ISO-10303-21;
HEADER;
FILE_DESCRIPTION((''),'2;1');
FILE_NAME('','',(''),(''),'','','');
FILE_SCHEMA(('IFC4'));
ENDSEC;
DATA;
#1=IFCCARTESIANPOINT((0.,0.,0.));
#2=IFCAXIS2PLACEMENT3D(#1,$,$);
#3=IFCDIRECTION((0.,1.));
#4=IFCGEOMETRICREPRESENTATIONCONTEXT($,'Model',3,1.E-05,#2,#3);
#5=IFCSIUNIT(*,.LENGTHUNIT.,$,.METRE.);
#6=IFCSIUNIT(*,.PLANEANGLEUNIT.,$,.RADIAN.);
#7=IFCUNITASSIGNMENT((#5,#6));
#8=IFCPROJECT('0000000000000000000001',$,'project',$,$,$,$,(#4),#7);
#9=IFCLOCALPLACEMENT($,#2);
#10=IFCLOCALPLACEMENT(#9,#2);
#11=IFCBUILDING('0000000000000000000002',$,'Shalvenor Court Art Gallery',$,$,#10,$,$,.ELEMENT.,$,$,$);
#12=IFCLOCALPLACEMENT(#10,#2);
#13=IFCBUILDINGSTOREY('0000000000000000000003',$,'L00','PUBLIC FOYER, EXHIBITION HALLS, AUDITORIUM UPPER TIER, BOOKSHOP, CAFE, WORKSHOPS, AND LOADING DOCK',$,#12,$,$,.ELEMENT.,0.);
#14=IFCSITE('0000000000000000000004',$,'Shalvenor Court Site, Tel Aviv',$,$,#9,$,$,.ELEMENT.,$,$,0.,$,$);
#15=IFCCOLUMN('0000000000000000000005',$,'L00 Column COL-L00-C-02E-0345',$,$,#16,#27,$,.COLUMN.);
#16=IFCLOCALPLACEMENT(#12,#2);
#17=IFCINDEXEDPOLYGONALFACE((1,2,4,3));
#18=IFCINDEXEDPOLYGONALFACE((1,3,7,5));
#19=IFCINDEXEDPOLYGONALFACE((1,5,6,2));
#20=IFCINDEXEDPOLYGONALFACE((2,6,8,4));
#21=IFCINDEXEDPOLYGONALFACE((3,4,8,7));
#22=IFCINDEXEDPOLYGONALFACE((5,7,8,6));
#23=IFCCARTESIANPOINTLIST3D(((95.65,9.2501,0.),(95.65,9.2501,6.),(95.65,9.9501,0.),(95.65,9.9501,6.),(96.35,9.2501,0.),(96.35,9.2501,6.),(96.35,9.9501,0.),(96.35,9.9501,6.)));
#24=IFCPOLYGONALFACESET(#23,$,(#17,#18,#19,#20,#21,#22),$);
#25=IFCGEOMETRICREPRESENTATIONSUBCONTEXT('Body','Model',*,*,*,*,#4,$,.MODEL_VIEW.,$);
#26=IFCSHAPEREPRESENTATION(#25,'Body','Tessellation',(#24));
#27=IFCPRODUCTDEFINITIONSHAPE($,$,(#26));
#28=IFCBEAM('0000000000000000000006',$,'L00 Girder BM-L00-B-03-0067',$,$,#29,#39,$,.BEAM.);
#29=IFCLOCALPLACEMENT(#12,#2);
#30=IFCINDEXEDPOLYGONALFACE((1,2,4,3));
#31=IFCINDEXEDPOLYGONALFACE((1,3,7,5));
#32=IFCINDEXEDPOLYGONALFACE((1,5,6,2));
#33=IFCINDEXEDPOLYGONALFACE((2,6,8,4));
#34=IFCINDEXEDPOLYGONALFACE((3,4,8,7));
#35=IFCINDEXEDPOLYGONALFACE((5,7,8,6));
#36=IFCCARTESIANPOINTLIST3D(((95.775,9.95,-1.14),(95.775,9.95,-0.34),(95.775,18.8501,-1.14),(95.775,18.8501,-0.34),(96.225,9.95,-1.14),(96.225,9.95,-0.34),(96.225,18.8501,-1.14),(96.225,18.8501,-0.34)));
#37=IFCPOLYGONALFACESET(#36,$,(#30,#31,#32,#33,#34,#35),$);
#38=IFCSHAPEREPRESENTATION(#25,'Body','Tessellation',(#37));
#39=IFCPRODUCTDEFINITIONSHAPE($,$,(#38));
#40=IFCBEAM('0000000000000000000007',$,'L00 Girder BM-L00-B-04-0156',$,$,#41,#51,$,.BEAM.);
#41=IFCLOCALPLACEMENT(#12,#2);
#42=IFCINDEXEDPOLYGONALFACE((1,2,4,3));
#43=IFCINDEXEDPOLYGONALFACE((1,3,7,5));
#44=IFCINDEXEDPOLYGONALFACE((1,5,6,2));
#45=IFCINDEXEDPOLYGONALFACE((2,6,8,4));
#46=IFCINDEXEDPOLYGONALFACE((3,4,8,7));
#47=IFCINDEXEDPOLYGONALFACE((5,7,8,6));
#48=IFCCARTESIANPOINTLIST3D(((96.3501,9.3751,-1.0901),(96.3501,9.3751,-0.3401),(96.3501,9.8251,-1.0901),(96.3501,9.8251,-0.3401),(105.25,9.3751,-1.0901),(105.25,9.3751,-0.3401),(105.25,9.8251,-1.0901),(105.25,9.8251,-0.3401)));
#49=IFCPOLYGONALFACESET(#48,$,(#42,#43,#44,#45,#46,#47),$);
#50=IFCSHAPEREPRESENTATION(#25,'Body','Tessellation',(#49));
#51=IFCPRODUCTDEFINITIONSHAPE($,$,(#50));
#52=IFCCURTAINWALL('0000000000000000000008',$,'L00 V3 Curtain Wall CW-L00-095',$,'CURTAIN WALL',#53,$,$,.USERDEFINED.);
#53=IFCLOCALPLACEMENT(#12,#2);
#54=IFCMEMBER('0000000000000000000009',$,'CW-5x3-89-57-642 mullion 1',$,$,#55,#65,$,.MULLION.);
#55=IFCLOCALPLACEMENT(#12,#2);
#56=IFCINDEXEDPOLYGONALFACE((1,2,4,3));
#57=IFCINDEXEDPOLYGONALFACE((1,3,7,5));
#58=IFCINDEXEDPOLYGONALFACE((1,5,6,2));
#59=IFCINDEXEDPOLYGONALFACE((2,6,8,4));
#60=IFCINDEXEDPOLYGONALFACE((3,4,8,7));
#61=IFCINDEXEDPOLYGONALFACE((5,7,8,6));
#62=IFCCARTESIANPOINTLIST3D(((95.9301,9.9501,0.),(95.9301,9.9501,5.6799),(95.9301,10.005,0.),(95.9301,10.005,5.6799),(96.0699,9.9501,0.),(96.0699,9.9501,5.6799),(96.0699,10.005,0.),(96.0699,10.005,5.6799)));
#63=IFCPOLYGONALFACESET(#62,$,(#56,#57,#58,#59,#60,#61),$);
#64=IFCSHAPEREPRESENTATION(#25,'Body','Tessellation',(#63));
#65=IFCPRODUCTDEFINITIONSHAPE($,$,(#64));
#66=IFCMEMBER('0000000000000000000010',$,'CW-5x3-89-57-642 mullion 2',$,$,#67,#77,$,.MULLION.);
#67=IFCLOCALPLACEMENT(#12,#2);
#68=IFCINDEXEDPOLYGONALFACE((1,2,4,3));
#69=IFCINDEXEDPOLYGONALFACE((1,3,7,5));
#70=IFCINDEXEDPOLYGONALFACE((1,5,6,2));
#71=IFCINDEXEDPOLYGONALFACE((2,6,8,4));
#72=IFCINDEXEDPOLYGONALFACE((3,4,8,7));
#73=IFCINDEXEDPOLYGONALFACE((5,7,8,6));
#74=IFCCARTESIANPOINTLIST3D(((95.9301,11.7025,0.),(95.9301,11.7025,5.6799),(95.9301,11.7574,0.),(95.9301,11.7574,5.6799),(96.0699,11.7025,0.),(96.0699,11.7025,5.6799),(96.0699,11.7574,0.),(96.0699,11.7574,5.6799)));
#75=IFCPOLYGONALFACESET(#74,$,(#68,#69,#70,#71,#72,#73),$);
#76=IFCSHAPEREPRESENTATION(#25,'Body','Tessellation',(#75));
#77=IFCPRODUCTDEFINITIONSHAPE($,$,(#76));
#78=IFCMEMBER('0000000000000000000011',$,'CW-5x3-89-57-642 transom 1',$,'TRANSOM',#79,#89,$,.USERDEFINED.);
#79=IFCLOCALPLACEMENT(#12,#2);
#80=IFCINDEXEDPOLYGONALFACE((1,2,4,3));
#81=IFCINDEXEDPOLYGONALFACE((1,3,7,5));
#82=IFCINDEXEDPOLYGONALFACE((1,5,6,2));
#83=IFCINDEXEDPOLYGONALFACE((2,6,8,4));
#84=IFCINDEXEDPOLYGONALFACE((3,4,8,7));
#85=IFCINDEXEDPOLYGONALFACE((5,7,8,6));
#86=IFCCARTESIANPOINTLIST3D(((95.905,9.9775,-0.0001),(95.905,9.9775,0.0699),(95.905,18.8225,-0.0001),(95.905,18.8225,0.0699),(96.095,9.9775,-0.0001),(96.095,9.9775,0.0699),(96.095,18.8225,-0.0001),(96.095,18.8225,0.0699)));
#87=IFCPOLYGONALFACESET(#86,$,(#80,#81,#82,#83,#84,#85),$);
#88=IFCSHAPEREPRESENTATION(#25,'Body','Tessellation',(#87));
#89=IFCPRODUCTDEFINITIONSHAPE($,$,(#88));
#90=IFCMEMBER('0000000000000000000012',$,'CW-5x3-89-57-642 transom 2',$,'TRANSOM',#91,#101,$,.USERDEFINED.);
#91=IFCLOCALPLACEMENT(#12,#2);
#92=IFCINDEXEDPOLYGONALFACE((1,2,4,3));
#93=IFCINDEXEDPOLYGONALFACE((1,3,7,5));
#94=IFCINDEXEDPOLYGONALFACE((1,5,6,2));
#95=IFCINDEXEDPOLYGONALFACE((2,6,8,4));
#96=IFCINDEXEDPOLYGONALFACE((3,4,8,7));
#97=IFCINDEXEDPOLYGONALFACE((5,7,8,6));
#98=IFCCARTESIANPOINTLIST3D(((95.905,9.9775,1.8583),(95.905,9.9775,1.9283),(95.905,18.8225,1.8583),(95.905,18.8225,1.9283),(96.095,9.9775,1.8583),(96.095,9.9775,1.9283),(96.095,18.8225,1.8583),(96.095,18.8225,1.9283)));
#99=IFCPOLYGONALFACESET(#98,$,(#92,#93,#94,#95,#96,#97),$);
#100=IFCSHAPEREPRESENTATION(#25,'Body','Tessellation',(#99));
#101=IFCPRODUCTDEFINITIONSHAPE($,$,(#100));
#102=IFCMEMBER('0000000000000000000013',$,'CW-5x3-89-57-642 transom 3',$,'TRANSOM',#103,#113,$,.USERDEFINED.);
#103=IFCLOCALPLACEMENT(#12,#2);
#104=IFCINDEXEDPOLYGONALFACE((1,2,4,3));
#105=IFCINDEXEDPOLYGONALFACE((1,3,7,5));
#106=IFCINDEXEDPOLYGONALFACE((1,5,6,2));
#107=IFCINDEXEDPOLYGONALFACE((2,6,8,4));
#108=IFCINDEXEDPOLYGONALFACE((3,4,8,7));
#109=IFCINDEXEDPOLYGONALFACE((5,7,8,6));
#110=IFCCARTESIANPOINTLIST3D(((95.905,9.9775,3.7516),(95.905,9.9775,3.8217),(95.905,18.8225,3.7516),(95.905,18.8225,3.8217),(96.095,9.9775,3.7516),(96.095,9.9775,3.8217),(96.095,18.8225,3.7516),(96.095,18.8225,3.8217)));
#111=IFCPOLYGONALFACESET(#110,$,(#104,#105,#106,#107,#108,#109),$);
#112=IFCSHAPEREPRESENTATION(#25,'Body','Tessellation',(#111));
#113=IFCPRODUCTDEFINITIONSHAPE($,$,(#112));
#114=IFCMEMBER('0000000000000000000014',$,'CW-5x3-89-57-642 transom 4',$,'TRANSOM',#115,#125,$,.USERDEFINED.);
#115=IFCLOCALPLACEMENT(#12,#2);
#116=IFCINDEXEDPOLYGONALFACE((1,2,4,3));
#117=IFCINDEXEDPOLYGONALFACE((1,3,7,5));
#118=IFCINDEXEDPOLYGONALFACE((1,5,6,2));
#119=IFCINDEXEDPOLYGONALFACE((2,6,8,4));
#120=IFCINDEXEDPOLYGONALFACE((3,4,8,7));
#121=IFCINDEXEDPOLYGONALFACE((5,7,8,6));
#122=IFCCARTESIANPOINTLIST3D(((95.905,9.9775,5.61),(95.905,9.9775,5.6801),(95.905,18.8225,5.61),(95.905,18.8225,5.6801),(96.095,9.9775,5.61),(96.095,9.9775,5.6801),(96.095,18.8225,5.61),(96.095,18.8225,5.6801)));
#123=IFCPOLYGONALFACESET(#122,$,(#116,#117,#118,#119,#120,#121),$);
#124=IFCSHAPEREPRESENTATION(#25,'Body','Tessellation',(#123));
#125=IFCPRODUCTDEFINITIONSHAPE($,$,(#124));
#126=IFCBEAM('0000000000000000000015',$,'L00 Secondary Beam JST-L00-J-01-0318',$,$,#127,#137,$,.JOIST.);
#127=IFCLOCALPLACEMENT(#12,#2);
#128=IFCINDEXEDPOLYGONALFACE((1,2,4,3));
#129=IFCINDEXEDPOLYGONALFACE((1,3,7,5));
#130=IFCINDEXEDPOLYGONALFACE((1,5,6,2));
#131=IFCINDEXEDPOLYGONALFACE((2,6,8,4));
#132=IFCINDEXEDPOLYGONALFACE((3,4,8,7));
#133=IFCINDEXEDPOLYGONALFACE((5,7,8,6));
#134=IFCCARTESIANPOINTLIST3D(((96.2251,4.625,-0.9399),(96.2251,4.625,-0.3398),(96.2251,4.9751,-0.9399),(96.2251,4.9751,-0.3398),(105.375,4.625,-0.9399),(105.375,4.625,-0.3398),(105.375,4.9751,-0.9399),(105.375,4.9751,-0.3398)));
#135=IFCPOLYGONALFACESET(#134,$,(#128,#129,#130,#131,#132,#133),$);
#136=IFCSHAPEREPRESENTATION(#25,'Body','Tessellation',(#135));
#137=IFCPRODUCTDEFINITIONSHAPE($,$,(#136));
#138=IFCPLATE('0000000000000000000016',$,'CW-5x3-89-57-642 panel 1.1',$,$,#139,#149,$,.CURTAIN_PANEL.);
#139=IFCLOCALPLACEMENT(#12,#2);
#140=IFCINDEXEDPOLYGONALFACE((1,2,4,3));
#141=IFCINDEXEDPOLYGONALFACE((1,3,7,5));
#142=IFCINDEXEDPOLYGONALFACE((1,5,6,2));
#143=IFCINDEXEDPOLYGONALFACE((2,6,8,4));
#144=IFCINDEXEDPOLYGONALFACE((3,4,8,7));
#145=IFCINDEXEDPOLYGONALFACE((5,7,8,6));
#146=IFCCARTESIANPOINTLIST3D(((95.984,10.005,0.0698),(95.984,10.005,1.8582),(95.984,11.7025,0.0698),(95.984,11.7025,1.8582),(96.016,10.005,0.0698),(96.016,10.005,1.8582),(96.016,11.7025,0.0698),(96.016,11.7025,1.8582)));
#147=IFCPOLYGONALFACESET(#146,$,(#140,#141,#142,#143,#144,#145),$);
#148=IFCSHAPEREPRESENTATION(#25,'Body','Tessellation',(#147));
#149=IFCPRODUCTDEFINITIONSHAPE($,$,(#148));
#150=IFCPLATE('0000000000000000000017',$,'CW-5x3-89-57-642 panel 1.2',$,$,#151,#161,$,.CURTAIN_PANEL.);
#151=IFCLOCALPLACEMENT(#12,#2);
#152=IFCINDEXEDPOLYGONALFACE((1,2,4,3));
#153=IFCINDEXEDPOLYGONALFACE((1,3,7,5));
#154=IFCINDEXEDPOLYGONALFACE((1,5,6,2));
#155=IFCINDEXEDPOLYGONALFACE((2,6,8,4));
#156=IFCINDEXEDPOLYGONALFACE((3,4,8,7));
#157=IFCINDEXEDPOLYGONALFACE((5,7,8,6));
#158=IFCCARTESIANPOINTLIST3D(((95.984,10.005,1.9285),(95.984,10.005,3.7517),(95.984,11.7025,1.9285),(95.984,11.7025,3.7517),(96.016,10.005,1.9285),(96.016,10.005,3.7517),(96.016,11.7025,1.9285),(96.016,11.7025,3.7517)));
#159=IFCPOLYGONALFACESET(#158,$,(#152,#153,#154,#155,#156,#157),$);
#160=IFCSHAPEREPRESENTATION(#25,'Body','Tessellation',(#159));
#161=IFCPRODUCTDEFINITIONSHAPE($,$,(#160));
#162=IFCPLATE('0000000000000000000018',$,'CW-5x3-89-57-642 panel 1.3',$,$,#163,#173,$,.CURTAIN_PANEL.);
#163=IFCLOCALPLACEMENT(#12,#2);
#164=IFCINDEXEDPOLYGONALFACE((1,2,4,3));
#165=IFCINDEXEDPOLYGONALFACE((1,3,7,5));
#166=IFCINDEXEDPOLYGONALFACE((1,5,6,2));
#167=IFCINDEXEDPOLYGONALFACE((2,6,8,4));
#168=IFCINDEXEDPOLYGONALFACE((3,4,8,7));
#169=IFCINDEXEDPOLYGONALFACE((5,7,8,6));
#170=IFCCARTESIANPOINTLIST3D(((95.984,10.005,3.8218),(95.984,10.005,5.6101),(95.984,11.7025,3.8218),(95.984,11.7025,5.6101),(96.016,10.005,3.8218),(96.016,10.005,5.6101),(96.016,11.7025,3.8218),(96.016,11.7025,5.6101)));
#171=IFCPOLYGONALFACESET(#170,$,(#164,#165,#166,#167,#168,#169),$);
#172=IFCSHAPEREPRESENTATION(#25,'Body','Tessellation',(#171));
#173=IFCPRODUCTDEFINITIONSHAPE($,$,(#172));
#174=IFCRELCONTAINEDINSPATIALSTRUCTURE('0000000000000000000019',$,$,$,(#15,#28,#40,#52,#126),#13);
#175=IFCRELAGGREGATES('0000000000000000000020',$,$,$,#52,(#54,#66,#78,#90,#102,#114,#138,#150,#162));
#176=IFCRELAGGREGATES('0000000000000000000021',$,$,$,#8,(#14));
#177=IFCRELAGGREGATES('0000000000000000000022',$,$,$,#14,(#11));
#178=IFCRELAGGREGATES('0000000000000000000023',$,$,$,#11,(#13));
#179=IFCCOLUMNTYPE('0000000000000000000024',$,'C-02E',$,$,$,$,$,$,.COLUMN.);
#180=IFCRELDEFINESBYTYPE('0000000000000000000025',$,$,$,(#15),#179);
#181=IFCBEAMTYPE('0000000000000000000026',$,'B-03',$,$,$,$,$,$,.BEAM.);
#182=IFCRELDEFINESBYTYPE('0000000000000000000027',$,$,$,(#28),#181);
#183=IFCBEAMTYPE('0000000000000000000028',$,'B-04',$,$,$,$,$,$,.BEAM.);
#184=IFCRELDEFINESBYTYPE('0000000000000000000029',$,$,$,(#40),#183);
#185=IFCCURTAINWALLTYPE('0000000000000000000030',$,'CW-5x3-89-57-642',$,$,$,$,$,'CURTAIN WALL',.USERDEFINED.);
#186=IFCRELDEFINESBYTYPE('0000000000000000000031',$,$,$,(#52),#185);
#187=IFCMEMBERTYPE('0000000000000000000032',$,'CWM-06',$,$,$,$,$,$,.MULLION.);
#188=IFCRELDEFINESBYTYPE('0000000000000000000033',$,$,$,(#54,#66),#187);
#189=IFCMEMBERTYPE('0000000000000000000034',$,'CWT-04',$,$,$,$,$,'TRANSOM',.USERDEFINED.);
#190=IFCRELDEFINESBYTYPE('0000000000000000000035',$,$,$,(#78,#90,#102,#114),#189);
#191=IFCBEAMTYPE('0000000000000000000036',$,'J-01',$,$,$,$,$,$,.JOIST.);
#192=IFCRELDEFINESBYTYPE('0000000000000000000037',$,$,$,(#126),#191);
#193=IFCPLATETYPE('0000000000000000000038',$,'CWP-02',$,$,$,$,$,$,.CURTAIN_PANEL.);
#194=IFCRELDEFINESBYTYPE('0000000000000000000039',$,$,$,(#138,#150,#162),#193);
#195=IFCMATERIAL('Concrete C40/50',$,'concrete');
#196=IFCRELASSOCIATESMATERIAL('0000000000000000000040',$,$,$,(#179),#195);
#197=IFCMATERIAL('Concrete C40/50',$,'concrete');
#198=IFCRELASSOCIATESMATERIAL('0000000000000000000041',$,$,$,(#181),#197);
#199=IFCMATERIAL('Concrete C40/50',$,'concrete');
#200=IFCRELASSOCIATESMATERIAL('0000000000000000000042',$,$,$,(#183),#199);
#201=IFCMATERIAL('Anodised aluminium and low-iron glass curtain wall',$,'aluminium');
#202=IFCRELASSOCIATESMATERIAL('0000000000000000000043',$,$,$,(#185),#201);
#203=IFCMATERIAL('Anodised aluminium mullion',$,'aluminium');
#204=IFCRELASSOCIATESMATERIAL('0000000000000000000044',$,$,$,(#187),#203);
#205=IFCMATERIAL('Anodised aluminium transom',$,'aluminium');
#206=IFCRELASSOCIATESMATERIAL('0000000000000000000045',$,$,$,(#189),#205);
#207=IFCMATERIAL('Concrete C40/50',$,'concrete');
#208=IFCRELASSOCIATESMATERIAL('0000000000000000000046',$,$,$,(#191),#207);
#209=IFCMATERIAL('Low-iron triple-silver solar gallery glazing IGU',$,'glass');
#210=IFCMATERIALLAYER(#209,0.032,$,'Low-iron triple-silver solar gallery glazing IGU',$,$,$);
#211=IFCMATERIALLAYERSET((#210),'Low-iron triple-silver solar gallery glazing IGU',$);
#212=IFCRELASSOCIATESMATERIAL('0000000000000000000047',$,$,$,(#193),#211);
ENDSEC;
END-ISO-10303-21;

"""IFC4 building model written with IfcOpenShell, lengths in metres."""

from ifc_helpers import new_model, si_unit, direction, frame, origin, origin_2d, place, context, subcontext, project, spatial, rectangle, extrude, material, layer, layer_set, material_profile, profile_set, type_object, element, aggregate, save


model = new_model("IFC4")

# Units and contexts
model_context = context("Model", 3, precision=1e-05, world=origin(), true_north=direction((0.0, 1.0)))
body_context = subcontext(model_context, "Body", "Model", "MODEL_VIEW")
ifc_project = project(units=[si_unit("LENGTHUNIT", "METRE"), si_unit("PLANEANGLEUNIT", "RADIAN")], contexts=[model_context])

# Site, building, storey
site_placement = place(None, origin())
site = spatial("IfcSite", under=ifc_project, at=site_placement, Name="Shalvenor Court Site, Tel Aviv", CompositionType="ELEMENT", RefElevation=0.0)
building_placement = place(site_placement, origin())
building = spatial("IfcBuilding", under=site, at=building_placement, Name="Shalvenor Court Art Gallery", CompositionType="ELEMENT")
storey_placement = place(building_placement, origin())
storey = spatial("IfcBuildingStorey", under=building, at=storey_placement, Name="L00", Description="PUBLIC FOYER, EXHIBITION HALLS, AUDITORIUM UPPER TIER, BOOKSHOP, CAFE, WORKSHOPS, AND LOADING DOCK", CompositionType="ELEMENT", Elevation=0.0)

# Column
ifc_material_1 = material(Name="Concrete C40/50", Category="concrete")
ifc_material_profile_1 = material_profile(ifc_material_1, rectangle(XDim=0.7, YDim=0.7, at=origin_2d()), Name="RC 700x700")
ifc_profile_set_1 = profile_set([ifc_material_profile_1], Name="Concrete C40/50")
column_type = type_object("IfcColumnType", Name="C-02E", PredefinedType="COLUMN", material=ifc_profile_set_1)
column_placement = place(storey_placement, frame((96.0, 9.6001, 0.0), z_axis=(0.0, 0.0, 1.0), x_axis=(1.0, 0.0, 0.0)))
element("IfcColumn", 1, at=column_placement, inside=storey, type_object=column_type, Name="L00 Column COL-L00-C-02E-0345", PredefinedType="COLUMN", context=body_context, shape_type="SweptSolid", body=[
    extrude(rectangle(XDim=0.7, YDim=0.7, at=origin_2d()), origin(), (0.0, 0.0, 1.0), 6.0),
])

# Beams
ifc_material_2 = material(Name="Concrete C40/50", Category="concrete")
ifc_material_profile_2 = material_profile(ifc_material_2, rectangle(XDim=0.45, YDim=0.8, at=origin_2d()), Name="RC 450x800")
ifc_profile_set_2 = profile_set([ifc_material_profile_2], Name="Concrete C40/50")
beam_type_1 = type_object("IfcBeamType", Name="B-03", PredefinedType="BEAM", material=ifc_profile_set_2)
beam_1_placement = place(storey_placement, frame((96.0, 9.95, -0.74), z_axis=(0.0, 1.0, 0.0), x_axis=(-1.0, 0.0, 0.0)))
element("IfcBeam", 2, at=beam_1_placement, inside=storey, type_object=beam_type_1, Name="L00 Girder BM-L00-B-03-0067", PredefinedType="BEAM", context=body_context, shape_type="SweptSolid", body=[
    extrude(rectangle(XDim=0.45, YDim=0.8, at=origin_2d()), origin(), (0.0, 0.0, 1.0), 8.9001),
])
ifc_material_3 = material(Name="Concrete C40/50", Category="concrete")
ifc_material_profile_3 = material_profile(ifc_material_3, rectangle(XDim=0.45, YDim=0.75, at=origin_2d()), Name="RC 450x750")
ifc_profile_set_3 = profile_set([ifc_material_profile_3], Name="Concrete C40/50")
beam_type_2 = type_object("IfcBeamType", Name="B-04", PredefinedType="BEAM", material=ifc_profile_set_3)
beam_2_placement = place(storey_placement, frame((96.3501, 9.6001, -0.7151), z_axis=(1.0, 0.0, 0.0), x_axis=(0.0, 1.0, 0.0)))
element("IfcBeam", 3, at=beam_2_placement, inside=storey, type_object=beam_type_2, Name="L00 Girder BM-L00-B-04-0156", PredefinedType="BEAM", context=body_context, shape_type="SweptSolid", body=[
    extrude(rectangle(XDim=0.45, YDim=0.75, at=origin_2d()), origin(), (0.0, 0.0, 1.0), 8.8999),
])

# Curtain wall, members
ifc_material_4 = material(Name="Anodised aluminium and low-iron glass curtain wall", Category="aluminium")
curtain_wall_type = type_object("IfcCurtainWallType", Name="CW-5x3-89-57-642", ElementType="CURTAIN WALL", PredefinedType="USERDEFINED", material=ifc_material_4)
curtain_wall_placement = place(storey_placement, origin())
curtain_wall = element("IfcCurtainWall", 4, at=curtain_wall_placement, inside=storey, type_object=curtain_wall_type, Name="L00 V3 Curtain Wall CW-L00-095", ObjectType="CURTAIN WALL", PredefinedType="USERDEFINED")
ifc_material_5 = material(Name="Anodised aluminium mullion", Category="aluminium")
ifc_material_profile_4 = material_profile(ifc_material_5, rectangle(XDim=0.0549, YDim=0.1399, at=origin_2d()), Name="CWM-06")
ifc_profile_set_4 = profile_set([ifc_material_profile_4], Name="Anodised aluminium mullion")
member_type_1 = type_object("IfcMemberType", Name="CWM-06", PredefinedType="MULLION", material=ifc_profile_set_4)
member_1_placement = place(storey_placement, frame((96.0, 9.9775, 0.0), z_axis=(0.0, 0.0, 1.0), x_axis=(0.0, 1.0, 0.0)))
member_1 = element("IfcMember", 5, at=member_1_placement, type_object=member_type_1, Name="CW-5x3-89-57-642 mullion 1", PredefinedType="MULLION", context=body_context, shape_type="SweptSolid", body=[
    extrude(rectangle(XDim=0.0549, YDim=0.1399, at=origin_2d()), origin(), (0.0, 0.0, 1.0), 5.6799),
])
member_2_placement = place(storey_placement, frame((96.0, 11.73, 0.0), z_axis=(0.0, 0.0, 1.0), x_axis=(0.0, 1.0, 0.0)))
member_2 = element("IfcMember", 6, at=member_2_placement, type_object=member_type_1, Name="CW-5x3-89-57-642 mullion 2", PredefinedType="MULLION", context=body_context, shape_type="SweptSolid", body=[
    extrude(rectangle(XDim=0.0549, YDim=0.1399, at=origin_2d()), origin(), (0.0, 0.0, 1.0), 5.6799),
])
ifc_material_6 = material(Name="Anodised aluminium transom", Category="aluminium")
ifc_material_profile_5 = material_profile(ifc_material_6, rectangle(XDim=0.1899, YDim=0.0701, at=origin_2d()), Name="CWT-04")
ifc_profile_set_5 = profile_set([ifc_material_profile_5], Name="Anodised aluminium transom")
member_type_2 = type_object("IfcMemberType", Name="CWT-04", ElementType="TRANSOM", PredefinedType="USERDEFINED", material=ifc_profile_set_5)
member_3_placement = place(storey_placement, frame((96.0, 9.9775, 0.0349), z_axis=(0.0, 1.0, 0.0), x_axis=(-1.0, 0.0, 0.0)))
member_3 = element("IfcMember", 7, at=member_3_placement, type_object=member_type_2, Name="CW-5x3-89-57-642 transom 1", ObjectType="TRANSOM", PredefinedType="USERDEFINED", context=body_context, shape_type="SweptSolid", body=[
    extrude(rectangle(XDim=0.1899, YDim=0.0701, at=origin_2d()), origin(), (0.0, 0.0, 1.0), 8.845),
])
member_4_placement = place(storey_placement, frame((96.0, 9.9775, 1.8933), z_axis=(0.0, 1.0, 0.0), x_axis=(-1.0, 0.0, 0.0)))
member_4 = element("IfcMember", 8, at=member_4_placement, type_object=member_type_2, Name="CW-5x3-89-57-642 transom 2", ObjectType="TRANSOM", PredefinedType="USERDEFINED", context=body_context, shape_type="SweptSolid", body=[
    extrude(rectangle(XDim=0.1899, YDim=0.0701, at=origin_2d()), origin(), (0.0, 0.0, 1.0), 8.845),
])
member_5_placement = place(storey_placement, frame((96.0, 9.9775, 3.7866), z_axis=(0.0, 1.0, 0.0), x_axis=(-1.0, 0.0, 0.0)))
member_5 = element("IfcMember", 9, at=member_5_placement, type_object=member_type_2, Name="CW-5x3-89-57-642 transom 3", ObjectType="TRANSOM", PredefinedType="USERDEFINED", context=body_context, shape_type="SweptSolid", body=[
    extrude(rectangle(XDim=0.1899, YDim=0.0701, at=origin_2d()), origin(), (0.0, 0.0, 1.0), 8.845),
])
member_6_placement = place(storey_placement, frame((96.0, 9.9775, 5.645), z_axis=(0.0, 1.0, 0.0), x_axis=(-1.0, 0.0, 0.0)))
member_6 = element("IfcMember", 10, at=member_6_placement, type_object=member_type_2, Name="CW-5x3-89-57-642 transom 4", ObjectType="TRANSOM", PredefinedType="USERDEFINED", context=body_context, shape_type="SweptSolid", body=[
    extrude(rectangle(XDim=0.1899, YDim=0.0701, at=origin_2d()), origin(), (0.0, 0.0, 1.0), 8.845),
])

# Beam
ifc_material_7 = material(Name="Concrete C40/50", Category="concrete")
ifc_material_profile_6 = material_profile(ifc_material_7, rectangle(XDim=0.3501, YDim=0.6001, at=origin_2d()), Name="RC 350x600")
ifc_profile_set_6 = profile_set([ifc_material_profile_6], Name="Concrete C40/50")
beam_type_3 = type_object("IfcBeamType", Name="J-01", PredefinedType="JOIST", material=ifc_profile_set_6)
beam_3_placement = place(storey_placement, frame((96.2251, 4.8, -0.6399), z_axis=(1.0, 0.0, 0.0), x_axis=(0.0, 1.0, 0.0)))
element("IfcBeam", 11, at=beam_3_placement, inside=storey, type_object=beam_type_3, Name="L00 Secondary Beam JST-L00-J-01-0318", PredefinedType="JOIST", context=body_context, shape_type="SweptSolid", body=[
    extrude(rectangle(XDim=0.3501, YDim=0.6001, at=origin_2d()), origin(), (0.0, 0.0, 1.0), 9.1499),
])

# Plates
ifc_material_8 = material(Name="Low-iron triple-silver solar gallery glazing IGU", Category="glass")
ifc_layer_1 = layer(ifc_material_8, 0.032, Name="Low-iron triple-silver solar gallery glazing IGU")
ifc_layer_set_1 = layer_set([ifc_layer_1], Name="Low-iron triple-silver solar gallery glazing IGU")
plate_type = type_object("IfcPlateType", Name="CWP-02", PredefinedType="CURTAIN_PANEL", material=ifc_layer_set_1)
plate_1_placement = place(storey_placement, frame((96.0, 10.8538, 0.0698), z_axis=(0.0, 0.0, 1.0), x_axis=(0.0, 1.0, 0.0)))
plate_1 = element("IfcPlate", 12, at=plate_1_placement, type_object=plate_type, Name="CW-5x3-89-57-642 panel 1.1", PredefinedType="CURTAIN_PANEL", context=body_context, shape_type="SweptSolid", body=[
    extrude(rectangle(XDim=1.6975, YDim=0.032, at=origin_2d()), origin(), (0.0, 0.0, 1.0), 1.7883),
])
plate_2_placement = place(storey_placement, frame((96.0, 10.8538, 1.9285), z_axis=(0.0, 0.0, 1.0), x_axis=(0.0, 1.0, 0.0)))
plate_2 = element("IfcPlate", 13, at=plate_2_placement, type_object=plate_type, Name="CW-5x3-89-57-642 panel 1.2", PredefinedType="CURTAIN_PANEL", context=body_context, shape_type="SweptSolid", body=[
    extrude(rectangle(XDim=1.6975, YDim=0.032, at=origin_2d()), origin(), (0.0, 0.0, 1.0), 1.8232),
])
plate_3_placement = place(storey_placement, frame((96.0, 10.8538, 3.8218), z_axis=(0.0, 0.0, 1.0), x_axis=(0.0, 1.0, 0.0)))
plate_3 = element("IfcPlate", 14, at=plate_3_placement, type_object=plate_type, Name="CW-5x3-89-57-642 panel 1.3", PredefinedType="CURTAIN_PANEL", context=body_context, shape_type="SweptSolid", body=[
    extrude(rectangle(XDim=1.6975, YDim=0.032, at=origin_2d()), origin(), (0.0, 0.0, 1.0), 1.7883),
])
aggregate(curtain_wall, [member_1, member_2, member_3, member_4, member_5, member_6, plate_1, plate_2, plate_3])

save(model, "model.ifc")
